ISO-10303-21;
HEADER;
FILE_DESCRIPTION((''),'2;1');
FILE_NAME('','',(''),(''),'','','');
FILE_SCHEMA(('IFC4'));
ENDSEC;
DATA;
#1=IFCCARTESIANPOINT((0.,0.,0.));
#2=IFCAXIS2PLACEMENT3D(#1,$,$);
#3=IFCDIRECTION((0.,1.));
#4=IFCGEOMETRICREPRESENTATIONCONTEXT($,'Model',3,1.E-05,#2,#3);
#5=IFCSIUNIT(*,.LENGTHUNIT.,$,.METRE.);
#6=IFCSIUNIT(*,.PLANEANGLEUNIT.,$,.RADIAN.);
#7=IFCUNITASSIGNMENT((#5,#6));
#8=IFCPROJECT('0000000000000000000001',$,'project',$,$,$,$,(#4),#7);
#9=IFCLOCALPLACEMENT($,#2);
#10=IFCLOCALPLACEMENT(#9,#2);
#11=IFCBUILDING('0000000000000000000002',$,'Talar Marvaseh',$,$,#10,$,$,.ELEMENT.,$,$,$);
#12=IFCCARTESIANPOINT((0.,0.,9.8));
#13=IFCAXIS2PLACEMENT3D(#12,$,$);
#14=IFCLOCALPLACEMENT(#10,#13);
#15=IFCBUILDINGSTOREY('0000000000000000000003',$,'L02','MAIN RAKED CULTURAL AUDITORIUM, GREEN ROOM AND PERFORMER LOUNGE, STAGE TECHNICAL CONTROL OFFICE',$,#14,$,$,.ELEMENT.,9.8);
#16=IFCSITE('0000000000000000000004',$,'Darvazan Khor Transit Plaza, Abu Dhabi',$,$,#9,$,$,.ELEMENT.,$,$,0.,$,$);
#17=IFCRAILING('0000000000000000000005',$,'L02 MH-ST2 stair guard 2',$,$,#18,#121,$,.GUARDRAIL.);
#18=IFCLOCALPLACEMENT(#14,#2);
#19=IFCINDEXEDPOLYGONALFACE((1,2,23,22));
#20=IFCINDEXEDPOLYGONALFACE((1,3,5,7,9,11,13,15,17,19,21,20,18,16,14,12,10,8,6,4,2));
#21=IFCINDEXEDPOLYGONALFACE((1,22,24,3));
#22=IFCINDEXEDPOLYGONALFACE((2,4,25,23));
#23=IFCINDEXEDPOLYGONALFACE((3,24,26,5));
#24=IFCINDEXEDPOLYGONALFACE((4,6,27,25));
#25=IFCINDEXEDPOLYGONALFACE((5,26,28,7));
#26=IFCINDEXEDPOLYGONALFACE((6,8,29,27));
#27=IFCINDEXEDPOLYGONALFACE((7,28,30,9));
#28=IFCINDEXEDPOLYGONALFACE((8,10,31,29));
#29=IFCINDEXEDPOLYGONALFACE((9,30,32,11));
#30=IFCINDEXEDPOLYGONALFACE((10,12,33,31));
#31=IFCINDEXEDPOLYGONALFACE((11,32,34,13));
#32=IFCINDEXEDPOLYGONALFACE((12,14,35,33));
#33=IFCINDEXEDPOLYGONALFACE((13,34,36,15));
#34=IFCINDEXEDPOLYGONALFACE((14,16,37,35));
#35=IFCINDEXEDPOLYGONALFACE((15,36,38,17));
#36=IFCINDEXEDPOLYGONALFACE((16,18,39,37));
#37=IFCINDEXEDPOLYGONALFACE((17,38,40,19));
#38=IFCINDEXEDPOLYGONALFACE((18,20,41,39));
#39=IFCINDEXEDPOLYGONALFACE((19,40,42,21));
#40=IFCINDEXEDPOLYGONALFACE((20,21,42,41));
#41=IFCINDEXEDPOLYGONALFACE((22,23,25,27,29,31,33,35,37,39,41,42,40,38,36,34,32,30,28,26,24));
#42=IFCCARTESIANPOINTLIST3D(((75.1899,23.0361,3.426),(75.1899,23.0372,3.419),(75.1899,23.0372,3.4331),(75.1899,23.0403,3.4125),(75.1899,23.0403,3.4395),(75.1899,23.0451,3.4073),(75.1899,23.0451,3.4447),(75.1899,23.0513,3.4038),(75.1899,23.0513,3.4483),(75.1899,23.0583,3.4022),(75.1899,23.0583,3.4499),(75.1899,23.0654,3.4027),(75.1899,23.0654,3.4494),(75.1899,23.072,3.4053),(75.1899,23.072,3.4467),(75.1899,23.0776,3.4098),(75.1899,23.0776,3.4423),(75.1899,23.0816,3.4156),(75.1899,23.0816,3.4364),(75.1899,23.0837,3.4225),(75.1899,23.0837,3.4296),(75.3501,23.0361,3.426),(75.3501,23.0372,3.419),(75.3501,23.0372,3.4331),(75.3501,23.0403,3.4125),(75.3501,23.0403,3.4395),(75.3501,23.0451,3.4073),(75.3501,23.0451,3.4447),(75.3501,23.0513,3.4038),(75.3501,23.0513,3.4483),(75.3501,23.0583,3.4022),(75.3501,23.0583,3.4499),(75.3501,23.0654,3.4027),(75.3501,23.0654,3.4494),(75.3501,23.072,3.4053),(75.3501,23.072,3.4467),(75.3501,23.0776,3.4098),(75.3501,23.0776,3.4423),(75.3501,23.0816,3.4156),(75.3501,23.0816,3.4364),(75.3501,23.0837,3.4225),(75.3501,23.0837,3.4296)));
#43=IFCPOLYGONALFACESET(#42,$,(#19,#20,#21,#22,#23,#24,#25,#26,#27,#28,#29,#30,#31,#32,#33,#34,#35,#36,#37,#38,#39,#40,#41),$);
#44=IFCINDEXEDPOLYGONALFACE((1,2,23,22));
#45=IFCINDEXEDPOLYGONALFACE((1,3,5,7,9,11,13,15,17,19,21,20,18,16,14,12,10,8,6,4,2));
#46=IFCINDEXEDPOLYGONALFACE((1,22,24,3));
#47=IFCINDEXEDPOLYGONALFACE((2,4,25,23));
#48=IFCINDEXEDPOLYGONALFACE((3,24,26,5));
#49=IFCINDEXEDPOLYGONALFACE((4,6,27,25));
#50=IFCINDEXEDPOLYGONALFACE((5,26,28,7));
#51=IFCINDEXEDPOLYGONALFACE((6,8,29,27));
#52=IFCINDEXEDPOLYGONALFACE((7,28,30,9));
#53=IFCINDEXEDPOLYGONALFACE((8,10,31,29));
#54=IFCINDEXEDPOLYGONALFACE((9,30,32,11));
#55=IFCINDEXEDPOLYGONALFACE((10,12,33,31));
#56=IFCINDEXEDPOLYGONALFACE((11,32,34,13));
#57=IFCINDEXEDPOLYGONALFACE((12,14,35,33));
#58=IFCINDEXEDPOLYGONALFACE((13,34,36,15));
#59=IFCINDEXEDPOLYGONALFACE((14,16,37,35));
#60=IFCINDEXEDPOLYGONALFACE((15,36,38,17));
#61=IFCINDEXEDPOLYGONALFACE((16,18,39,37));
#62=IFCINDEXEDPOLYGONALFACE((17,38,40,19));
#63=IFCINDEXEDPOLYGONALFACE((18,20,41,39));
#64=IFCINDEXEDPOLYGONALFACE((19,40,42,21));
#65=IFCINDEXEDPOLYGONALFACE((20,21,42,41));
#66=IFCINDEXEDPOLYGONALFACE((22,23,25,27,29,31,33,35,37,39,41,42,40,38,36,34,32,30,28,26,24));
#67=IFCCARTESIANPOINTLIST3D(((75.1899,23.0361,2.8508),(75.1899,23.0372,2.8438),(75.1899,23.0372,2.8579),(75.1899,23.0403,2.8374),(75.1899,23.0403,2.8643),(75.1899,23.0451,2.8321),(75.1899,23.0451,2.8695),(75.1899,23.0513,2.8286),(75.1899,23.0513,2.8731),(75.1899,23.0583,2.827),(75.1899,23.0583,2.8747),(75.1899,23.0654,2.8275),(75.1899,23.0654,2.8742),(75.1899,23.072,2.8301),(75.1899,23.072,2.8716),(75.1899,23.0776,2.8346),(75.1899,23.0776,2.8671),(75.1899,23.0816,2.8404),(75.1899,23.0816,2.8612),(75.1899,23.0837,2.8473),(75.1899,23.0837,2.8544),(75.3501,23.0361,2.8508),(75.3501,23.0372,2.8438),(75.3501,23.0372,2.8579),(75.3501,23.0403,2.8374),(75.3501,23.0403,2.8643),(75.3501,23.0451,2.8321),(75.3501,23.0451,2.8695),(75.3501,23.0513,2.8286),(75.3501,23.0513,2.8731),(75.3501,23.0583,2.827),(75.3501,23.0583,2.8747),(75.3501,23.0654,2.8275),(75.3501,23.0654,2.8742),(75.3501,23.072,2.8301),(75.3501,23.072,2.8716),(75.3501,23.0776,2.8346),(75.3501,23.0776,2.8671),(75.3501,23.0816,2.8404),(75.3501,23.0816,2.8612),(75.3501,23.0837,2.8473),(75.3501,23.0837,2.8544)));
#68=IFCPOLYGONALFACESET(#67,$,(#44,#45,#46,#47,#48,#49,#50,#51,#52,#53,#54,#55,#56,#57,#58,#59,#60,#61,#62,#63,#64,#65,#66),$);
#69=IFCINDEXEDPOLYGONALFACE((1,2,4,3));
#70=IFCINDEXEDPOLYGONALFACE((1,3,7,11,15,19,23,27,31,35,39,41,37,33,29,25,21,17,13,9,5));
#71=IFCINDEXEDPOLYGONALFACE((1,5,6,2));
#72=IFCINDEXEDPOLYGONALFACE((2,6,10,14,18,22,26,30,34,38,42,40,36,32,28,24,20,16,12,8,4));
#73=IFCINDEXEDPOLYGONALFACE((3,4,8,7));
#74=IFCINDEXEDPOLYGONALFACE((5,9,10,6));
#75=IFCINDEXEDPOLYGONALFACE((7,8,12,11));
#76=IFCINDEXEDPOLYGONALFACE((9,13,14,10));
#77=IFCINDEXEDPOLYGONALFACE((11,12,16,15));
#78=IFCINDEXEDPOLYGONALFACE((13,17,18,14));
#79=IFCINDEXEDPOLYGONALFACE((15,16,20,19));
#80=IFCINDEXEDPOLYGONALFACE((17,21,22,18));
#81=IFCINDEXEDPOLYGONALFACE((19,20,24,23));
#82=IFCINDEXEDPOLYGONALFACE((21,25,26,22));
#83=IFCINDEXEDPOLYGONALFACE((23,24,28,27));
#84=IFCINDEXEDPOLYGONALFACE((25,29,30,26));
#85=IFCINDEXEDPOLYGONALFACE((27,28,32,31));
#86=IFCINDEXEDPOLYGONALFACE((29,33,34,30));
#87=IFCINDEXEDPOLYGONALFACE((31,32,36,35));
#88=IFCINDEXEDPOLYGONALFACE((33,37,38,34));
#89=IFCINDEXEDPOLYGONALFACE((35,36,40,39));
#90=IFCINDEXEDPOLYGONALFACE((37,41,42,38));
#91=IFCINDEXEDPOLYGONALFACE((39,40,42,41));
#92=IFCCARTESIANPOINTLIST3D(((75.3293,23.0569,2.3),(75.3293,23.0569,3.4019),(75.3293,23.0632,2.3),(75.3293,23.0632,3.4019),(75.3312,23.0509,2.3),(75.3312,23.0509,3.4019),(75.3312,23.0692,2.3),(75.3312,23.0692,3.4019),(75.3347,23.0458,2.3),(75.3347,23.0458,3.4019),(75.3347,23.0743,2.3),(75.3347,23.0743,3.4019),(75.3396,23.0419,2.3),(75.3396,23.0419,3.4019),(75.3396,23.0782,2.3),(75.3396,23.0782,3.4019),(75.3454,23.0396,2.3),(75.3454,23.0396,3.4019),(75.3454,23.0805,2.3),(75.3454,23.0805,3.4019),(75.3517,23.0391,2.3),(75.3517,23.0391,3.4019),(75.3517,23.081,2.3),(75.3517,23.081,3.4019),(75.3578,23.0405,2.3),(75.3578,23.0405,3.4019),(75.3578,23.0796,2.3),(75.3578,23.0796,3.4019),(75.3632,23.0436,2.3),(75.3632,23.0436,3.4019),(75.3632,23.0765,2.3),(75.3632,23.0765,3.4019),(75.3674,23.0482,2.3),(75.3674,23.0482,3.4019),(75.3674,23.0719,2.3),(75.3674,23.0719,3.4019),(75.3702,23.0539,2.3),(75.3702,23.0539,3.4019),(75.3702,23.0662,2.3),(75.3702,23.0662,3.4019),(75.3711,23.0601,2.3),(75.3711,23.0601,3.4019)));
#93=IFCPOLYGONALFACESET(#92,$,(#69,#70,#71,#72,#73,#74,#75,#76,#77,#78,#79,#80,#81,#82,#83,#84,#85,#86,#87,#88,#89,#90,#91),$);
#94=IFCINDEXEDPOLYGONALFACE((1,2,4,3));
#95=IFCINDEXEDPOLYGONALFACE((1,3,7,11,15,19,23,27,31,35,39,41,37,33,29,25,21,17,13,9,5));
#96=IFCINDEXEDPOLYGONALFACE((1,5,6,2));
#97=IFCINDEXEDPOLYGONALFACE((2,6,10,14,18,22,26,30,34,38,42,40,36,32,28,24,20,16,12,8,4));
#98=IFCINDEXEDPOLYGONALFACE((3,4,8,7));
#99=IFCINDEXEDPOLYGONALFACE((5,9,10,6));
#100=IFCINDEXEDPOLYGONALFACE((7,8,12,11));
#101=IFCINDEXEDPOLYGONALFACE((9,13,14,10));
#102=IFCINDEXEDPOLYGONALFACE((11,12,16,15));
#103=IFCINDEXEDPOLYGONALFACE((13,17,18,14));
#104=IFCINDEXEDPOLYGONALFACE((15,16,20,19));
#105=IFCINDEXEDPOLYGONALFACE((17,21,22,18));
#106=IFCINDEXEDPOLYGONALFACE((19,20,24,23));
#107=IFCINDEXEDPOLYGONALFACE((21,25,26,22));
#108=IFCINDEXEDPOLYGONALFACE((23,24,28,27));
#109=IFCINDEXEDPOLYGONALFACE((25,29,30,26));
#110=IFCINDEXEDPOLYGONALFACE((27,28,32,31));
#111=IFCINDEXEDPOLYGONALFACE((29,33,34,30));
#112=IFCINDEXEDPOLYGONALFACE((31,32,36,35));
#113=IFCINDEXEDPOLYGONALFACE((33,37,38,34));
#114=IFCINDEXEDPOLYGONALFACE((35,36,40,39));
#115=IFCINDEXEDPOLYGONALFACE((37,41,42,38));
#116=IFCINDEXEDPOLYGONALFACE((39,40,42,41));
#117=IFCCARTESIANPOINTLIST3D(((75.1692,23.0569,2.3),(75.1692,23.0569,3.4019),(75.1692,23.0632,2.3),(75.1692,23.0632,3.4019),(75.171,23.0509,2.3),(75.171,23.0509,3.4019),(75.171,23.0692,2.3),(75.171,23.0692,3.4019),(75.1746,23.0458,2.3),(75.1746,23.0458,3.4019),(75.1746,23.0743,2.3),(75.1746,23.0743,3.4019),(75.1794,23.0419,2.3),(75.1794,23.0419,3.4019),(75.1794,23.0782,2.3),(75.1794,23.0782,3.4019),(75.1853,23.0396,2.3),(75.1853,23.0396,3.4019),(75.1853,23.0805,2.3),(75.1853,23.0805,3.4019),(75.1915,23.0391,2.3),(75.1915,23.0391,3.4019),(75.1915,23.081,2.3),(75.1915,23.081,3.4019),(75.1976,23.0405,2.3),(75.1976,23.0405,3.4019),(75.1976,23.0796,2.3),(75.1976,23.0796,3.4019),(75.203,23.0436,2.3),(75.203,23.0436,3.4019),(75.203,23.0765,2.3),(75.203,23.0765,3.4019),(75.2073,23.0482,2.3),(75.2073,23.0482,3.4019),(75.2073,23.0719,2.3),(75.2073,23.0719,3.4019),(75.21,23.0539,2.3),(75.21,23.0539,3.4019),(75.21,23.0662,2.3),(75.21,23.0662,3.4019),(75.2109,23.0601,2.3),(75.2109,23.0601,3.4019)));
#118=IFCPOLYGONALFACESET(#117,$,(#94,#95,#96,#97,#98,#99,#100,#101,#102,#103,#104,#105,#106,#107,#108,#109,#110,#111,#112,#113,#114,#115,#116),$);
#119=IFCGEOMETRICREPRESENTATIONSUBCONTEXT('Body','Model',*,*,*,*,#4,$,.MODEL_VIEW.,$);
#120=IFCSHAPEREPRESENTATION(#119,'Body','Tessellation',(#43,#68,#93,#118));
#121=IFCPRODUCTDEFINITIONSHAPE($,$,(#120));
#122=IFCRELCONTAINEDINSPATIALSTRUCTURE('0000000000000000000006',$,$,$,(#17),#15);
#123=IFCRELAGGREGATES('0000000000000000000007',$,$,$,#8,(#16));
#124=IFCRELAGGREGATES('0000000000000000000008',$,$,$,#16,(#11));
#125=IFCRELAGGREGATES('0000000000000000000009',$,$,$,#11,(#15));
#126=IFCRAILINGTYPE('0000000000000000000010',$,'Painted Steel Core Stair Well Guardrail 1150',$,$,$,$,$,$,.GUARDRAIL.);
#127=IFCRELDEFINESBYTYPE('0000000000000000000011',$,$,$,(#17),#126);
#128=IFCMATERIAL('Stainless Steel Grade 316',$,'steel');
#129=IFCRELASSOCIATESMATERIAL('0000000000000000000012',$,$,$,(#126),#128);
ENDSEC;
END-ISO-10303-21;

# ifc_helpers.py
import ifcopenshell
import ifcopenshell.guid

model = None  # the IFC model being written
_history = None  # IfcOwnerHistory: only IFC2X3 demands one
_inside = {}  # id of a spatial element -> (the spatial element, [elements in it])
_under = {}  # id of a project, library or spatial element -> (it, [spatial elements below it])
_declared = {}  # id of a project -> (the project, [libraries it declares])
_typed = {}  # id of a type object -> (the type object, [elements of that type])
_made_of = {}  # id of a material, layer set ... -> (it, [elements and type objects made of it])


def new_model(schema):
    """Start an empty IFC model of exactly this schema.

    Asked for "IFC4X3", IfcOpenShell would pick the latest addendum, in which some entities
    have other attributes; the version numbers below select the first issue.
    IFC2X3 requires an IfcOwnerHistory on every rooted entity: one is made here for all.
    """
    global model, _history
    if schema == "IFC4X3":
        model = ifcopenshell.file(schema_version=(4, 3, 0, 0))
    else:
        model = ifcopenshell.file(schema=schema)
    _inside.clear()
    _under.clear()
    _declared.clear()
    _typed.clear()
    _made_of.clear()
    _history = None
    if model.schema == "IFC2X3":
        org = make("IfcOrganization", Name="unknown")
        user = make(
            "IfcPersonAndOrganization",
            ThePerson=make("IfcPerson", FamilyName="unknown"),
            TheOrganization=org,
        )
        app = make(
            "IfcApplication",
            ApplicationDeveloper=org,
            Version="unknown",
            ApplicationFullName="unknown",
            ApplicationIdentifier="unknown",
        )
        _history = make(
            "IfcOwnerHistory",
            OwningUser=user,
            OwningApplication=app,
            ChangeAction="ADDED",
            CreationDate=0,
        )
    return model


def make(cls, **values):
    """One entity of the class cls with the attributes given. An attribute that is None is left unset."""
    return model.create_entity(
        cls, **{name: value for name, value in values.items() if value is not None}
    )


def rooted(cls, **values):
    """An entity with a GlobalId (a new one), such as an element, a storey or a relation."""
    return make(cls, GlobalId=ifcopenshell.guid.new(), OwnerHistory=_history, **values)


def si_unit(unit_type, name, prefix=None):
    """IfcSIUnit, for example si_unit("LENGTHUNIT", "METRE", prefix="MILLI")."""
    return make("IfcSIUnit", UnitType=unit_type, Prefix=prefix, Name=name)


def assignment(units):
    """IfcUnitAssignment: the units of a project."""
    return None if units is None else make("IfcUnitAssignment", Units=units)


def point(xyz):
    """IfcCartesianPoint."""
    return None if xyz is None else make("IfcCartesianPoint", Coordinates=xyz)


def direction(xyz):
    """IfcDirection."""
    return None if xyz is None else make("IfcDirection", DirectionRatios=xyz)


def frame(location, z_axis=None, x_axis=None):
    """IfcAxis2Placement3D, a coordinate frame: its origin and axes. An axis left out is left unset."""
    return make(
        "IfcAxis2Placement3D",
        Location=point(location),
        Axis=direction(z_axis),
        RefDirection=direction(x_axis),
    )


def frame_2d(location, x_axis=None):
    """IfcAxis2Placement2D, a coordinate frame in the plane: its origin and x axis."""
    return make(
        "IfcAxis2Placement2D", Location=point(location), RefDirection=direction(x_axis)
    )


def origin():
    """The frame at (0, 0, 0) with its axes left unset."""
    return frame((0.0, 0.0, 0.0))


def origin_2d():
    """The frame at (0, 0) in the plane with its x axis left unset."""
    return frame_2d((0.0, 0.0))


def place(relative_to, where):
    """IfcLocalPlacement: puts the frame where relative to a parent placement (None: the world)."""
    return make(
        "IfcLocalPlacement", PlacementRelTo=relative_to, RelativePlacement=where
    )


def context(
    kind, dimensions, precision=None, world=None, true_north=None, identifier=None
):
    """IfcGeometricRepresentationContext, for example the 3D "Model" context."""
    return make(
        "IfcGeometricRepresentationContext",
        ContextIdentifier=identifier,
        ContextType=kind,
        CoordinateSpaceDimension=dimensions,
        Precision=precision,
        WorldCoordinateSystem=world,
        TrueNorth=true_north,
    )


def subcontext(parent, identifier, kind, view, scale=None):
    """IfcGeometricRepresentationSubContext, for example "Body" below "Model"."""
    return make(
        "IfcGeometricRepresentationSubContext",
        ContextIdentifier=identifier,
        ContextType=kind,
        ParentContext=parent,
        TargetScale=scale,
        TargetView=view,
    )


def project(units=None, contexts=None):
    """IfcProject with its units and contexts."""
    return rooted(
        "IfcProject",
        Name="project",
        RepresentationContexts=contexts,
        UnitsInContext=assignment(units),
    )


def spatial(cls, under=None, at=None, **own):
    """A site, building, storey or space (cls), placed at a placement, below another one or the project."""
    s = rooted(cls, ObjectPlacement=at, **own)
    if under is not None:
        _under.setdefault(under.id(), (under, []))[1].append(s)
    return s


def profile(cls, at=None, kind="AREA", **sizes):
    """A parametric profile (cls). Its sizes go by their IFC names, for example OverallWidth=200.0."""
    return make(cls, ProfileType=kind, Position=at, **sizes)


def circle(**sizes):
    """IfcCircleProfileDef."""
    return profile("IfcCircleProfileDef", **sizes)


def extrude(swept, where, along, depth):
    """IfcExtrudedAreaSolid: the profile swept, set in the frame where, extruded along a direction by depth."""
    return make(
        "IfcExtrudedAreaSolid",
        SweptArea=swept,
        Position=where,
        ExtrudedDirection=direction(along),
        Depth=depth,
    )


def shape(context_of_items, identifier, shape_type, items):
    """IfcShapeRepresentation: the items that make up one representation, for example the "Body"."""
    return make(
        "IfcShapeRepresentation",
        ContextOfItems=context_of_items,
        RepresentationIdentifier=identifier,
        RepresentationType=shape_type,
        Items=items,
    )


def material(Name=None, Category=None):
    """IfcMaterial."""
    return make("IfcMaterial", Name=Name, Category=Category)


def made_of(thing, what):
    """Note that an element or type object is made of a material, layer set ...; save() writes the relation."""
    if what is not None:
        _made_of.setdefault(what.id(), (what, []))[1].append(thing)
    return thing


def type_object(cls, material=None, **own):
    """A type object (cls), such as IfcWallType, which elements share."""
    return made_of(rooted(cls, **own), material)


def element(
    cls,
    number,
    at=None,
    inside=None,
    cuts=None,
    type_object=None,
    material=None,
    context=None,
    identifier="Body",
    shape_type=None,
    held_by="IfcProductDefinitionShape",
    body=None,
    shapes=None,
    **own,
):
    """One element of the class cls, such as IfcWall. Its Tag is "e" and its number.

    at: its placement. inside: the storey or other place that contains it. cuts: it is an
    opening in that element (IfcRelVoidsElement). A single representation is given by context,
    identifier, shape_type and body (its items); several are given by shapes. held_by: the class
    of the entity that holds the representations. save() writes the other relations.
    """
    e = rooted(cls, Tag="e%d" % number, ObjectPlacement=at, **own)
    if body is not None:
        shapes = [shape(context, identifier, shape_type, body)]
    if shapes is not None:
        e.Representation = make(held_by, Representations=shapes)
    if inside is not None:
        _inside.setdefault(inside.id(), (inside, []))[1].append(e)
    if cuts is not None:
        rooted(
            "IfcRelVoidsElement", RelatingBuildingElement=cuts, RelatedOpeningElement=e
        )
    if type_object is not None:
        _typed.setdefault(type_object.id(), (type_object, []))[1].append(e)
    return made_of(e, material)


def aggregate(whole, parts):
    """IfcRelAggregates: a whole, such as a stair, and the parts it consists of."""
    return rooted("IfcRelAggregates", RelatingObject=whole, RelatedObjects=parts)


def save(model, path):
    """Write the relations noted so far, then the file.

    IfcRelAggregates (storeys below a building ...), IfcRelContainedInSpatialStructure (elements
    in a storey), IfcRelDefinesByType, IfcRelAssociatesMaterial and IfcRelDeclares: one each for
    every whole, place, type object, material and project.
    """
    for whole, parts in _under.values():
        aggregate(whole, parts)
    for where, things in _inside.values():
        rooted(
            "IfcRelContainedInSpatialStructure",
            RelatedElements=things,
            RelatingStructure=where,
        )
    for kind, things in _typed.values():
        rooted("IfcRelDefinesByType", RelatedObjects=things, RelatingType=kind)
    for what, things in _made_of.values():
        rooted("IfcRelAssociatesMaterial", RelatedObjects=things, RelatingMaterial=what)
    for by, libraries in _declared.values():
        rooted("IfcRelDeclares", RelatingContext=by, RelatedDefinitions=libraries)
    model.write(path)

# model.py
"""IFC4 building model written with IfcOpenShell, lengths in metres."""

from ifc_helpers import new_model, si_unit, direction, frame, origin, origin_2d, place, context, subcontext, project, spatial, circle, extrude, material, type_object, element, save


model = new_model("IFC4")

# Units and contexts
model_context = context("Model", 3, precision=1e-05, world=origin(), true_north=direction((0.0, 1.0)))
body_context = subcontext(model_context, "Body", "Model", "MODEL_VIEW")
ifc_project = project(units=[si_unit("LENGTHUNIT", "METRE"), si_unit("PLANEANGLEUNIT", "RADIAN")], contexts=[model_context])

# Site, building, storey
site_placement = place(None, origin())
site = spatial("IfcSite", under=ifc_project, at=site_placement, Name="Darvazan Khor Transit Plaza, Abu Dhabi", CompositionType="ELEMENT", RefElevation=0.0)
building_placement = place(site_placement, origin())
building = spatial("IfcBuilding", under=site, at=building_placement, Name="Talar Marvaseh", CompositionType="ELEMENT")
storey_placement = place(building_placement, frame((0.0, 0.0, 9.8)))
storey = spatial("IfcBuildingStorey", under=building, at=storey_placement, Name="L02", Description="MAIN RAKED CULTURAL AUDITORIUM, GREEN ROOM AND PERFORMER LOUNGE, STAGE TECHNICAL CONTROL OFFICE", CompositionType="ELEMENT", Elevation=9.8)

# Railing
ifc_material_1 = material(Name="Stainless Steel Grade 316", Category="steel")
railing_type_1 = type_object("IfcRailingType", Name="Painted Steel Core Stair Well Guardrail 1150", PredefinedType="GUARDRAIL", material=ifc_material_1)
railing_1_placement = place(storey_placement, frame((75.3501, 23.0601, 2.3)))
element("IfcRailing", 1, at=railing_1_placement, inside=storey, type_object=railing_type_1, Name="L02 MH-ST2 stair guard 2", PredefinedType="GUARDRAIL", context=body_context, shape_type="SweptSolid", body=[
    extrude(circle(Radius=0.0239, at=origin_2d()), frame((0.0, 0.0, 1.126), z_axis=(-1.0, 0.0, 0.0), x_axis=(0.0, -1.0, 0.0)), (0.0, 0.0, 1.0), 0.1602),
    extrude(circle(Radius=0.0239, at=origin_2d()), frame((0.0, 0.0, 0.5508), z_axis=(-1.0, 0.0, 0.0), x_axis=(0.0, -1.0, 0.0)), (0.0, 0.0, 1.0), 0.1602),
    extrude(circle(Radius=0.021, at=origin_2d()), origin(), (0.0, 0.0, 1.0), 1.1018),
    extrude(circle(Radius=0.021, at=origin_2d()), frame((-0.1602, 0.0, 0.0)), (0.0, 0.0, 1.0), 1.1018),
])

save(model, "model.ifc")
